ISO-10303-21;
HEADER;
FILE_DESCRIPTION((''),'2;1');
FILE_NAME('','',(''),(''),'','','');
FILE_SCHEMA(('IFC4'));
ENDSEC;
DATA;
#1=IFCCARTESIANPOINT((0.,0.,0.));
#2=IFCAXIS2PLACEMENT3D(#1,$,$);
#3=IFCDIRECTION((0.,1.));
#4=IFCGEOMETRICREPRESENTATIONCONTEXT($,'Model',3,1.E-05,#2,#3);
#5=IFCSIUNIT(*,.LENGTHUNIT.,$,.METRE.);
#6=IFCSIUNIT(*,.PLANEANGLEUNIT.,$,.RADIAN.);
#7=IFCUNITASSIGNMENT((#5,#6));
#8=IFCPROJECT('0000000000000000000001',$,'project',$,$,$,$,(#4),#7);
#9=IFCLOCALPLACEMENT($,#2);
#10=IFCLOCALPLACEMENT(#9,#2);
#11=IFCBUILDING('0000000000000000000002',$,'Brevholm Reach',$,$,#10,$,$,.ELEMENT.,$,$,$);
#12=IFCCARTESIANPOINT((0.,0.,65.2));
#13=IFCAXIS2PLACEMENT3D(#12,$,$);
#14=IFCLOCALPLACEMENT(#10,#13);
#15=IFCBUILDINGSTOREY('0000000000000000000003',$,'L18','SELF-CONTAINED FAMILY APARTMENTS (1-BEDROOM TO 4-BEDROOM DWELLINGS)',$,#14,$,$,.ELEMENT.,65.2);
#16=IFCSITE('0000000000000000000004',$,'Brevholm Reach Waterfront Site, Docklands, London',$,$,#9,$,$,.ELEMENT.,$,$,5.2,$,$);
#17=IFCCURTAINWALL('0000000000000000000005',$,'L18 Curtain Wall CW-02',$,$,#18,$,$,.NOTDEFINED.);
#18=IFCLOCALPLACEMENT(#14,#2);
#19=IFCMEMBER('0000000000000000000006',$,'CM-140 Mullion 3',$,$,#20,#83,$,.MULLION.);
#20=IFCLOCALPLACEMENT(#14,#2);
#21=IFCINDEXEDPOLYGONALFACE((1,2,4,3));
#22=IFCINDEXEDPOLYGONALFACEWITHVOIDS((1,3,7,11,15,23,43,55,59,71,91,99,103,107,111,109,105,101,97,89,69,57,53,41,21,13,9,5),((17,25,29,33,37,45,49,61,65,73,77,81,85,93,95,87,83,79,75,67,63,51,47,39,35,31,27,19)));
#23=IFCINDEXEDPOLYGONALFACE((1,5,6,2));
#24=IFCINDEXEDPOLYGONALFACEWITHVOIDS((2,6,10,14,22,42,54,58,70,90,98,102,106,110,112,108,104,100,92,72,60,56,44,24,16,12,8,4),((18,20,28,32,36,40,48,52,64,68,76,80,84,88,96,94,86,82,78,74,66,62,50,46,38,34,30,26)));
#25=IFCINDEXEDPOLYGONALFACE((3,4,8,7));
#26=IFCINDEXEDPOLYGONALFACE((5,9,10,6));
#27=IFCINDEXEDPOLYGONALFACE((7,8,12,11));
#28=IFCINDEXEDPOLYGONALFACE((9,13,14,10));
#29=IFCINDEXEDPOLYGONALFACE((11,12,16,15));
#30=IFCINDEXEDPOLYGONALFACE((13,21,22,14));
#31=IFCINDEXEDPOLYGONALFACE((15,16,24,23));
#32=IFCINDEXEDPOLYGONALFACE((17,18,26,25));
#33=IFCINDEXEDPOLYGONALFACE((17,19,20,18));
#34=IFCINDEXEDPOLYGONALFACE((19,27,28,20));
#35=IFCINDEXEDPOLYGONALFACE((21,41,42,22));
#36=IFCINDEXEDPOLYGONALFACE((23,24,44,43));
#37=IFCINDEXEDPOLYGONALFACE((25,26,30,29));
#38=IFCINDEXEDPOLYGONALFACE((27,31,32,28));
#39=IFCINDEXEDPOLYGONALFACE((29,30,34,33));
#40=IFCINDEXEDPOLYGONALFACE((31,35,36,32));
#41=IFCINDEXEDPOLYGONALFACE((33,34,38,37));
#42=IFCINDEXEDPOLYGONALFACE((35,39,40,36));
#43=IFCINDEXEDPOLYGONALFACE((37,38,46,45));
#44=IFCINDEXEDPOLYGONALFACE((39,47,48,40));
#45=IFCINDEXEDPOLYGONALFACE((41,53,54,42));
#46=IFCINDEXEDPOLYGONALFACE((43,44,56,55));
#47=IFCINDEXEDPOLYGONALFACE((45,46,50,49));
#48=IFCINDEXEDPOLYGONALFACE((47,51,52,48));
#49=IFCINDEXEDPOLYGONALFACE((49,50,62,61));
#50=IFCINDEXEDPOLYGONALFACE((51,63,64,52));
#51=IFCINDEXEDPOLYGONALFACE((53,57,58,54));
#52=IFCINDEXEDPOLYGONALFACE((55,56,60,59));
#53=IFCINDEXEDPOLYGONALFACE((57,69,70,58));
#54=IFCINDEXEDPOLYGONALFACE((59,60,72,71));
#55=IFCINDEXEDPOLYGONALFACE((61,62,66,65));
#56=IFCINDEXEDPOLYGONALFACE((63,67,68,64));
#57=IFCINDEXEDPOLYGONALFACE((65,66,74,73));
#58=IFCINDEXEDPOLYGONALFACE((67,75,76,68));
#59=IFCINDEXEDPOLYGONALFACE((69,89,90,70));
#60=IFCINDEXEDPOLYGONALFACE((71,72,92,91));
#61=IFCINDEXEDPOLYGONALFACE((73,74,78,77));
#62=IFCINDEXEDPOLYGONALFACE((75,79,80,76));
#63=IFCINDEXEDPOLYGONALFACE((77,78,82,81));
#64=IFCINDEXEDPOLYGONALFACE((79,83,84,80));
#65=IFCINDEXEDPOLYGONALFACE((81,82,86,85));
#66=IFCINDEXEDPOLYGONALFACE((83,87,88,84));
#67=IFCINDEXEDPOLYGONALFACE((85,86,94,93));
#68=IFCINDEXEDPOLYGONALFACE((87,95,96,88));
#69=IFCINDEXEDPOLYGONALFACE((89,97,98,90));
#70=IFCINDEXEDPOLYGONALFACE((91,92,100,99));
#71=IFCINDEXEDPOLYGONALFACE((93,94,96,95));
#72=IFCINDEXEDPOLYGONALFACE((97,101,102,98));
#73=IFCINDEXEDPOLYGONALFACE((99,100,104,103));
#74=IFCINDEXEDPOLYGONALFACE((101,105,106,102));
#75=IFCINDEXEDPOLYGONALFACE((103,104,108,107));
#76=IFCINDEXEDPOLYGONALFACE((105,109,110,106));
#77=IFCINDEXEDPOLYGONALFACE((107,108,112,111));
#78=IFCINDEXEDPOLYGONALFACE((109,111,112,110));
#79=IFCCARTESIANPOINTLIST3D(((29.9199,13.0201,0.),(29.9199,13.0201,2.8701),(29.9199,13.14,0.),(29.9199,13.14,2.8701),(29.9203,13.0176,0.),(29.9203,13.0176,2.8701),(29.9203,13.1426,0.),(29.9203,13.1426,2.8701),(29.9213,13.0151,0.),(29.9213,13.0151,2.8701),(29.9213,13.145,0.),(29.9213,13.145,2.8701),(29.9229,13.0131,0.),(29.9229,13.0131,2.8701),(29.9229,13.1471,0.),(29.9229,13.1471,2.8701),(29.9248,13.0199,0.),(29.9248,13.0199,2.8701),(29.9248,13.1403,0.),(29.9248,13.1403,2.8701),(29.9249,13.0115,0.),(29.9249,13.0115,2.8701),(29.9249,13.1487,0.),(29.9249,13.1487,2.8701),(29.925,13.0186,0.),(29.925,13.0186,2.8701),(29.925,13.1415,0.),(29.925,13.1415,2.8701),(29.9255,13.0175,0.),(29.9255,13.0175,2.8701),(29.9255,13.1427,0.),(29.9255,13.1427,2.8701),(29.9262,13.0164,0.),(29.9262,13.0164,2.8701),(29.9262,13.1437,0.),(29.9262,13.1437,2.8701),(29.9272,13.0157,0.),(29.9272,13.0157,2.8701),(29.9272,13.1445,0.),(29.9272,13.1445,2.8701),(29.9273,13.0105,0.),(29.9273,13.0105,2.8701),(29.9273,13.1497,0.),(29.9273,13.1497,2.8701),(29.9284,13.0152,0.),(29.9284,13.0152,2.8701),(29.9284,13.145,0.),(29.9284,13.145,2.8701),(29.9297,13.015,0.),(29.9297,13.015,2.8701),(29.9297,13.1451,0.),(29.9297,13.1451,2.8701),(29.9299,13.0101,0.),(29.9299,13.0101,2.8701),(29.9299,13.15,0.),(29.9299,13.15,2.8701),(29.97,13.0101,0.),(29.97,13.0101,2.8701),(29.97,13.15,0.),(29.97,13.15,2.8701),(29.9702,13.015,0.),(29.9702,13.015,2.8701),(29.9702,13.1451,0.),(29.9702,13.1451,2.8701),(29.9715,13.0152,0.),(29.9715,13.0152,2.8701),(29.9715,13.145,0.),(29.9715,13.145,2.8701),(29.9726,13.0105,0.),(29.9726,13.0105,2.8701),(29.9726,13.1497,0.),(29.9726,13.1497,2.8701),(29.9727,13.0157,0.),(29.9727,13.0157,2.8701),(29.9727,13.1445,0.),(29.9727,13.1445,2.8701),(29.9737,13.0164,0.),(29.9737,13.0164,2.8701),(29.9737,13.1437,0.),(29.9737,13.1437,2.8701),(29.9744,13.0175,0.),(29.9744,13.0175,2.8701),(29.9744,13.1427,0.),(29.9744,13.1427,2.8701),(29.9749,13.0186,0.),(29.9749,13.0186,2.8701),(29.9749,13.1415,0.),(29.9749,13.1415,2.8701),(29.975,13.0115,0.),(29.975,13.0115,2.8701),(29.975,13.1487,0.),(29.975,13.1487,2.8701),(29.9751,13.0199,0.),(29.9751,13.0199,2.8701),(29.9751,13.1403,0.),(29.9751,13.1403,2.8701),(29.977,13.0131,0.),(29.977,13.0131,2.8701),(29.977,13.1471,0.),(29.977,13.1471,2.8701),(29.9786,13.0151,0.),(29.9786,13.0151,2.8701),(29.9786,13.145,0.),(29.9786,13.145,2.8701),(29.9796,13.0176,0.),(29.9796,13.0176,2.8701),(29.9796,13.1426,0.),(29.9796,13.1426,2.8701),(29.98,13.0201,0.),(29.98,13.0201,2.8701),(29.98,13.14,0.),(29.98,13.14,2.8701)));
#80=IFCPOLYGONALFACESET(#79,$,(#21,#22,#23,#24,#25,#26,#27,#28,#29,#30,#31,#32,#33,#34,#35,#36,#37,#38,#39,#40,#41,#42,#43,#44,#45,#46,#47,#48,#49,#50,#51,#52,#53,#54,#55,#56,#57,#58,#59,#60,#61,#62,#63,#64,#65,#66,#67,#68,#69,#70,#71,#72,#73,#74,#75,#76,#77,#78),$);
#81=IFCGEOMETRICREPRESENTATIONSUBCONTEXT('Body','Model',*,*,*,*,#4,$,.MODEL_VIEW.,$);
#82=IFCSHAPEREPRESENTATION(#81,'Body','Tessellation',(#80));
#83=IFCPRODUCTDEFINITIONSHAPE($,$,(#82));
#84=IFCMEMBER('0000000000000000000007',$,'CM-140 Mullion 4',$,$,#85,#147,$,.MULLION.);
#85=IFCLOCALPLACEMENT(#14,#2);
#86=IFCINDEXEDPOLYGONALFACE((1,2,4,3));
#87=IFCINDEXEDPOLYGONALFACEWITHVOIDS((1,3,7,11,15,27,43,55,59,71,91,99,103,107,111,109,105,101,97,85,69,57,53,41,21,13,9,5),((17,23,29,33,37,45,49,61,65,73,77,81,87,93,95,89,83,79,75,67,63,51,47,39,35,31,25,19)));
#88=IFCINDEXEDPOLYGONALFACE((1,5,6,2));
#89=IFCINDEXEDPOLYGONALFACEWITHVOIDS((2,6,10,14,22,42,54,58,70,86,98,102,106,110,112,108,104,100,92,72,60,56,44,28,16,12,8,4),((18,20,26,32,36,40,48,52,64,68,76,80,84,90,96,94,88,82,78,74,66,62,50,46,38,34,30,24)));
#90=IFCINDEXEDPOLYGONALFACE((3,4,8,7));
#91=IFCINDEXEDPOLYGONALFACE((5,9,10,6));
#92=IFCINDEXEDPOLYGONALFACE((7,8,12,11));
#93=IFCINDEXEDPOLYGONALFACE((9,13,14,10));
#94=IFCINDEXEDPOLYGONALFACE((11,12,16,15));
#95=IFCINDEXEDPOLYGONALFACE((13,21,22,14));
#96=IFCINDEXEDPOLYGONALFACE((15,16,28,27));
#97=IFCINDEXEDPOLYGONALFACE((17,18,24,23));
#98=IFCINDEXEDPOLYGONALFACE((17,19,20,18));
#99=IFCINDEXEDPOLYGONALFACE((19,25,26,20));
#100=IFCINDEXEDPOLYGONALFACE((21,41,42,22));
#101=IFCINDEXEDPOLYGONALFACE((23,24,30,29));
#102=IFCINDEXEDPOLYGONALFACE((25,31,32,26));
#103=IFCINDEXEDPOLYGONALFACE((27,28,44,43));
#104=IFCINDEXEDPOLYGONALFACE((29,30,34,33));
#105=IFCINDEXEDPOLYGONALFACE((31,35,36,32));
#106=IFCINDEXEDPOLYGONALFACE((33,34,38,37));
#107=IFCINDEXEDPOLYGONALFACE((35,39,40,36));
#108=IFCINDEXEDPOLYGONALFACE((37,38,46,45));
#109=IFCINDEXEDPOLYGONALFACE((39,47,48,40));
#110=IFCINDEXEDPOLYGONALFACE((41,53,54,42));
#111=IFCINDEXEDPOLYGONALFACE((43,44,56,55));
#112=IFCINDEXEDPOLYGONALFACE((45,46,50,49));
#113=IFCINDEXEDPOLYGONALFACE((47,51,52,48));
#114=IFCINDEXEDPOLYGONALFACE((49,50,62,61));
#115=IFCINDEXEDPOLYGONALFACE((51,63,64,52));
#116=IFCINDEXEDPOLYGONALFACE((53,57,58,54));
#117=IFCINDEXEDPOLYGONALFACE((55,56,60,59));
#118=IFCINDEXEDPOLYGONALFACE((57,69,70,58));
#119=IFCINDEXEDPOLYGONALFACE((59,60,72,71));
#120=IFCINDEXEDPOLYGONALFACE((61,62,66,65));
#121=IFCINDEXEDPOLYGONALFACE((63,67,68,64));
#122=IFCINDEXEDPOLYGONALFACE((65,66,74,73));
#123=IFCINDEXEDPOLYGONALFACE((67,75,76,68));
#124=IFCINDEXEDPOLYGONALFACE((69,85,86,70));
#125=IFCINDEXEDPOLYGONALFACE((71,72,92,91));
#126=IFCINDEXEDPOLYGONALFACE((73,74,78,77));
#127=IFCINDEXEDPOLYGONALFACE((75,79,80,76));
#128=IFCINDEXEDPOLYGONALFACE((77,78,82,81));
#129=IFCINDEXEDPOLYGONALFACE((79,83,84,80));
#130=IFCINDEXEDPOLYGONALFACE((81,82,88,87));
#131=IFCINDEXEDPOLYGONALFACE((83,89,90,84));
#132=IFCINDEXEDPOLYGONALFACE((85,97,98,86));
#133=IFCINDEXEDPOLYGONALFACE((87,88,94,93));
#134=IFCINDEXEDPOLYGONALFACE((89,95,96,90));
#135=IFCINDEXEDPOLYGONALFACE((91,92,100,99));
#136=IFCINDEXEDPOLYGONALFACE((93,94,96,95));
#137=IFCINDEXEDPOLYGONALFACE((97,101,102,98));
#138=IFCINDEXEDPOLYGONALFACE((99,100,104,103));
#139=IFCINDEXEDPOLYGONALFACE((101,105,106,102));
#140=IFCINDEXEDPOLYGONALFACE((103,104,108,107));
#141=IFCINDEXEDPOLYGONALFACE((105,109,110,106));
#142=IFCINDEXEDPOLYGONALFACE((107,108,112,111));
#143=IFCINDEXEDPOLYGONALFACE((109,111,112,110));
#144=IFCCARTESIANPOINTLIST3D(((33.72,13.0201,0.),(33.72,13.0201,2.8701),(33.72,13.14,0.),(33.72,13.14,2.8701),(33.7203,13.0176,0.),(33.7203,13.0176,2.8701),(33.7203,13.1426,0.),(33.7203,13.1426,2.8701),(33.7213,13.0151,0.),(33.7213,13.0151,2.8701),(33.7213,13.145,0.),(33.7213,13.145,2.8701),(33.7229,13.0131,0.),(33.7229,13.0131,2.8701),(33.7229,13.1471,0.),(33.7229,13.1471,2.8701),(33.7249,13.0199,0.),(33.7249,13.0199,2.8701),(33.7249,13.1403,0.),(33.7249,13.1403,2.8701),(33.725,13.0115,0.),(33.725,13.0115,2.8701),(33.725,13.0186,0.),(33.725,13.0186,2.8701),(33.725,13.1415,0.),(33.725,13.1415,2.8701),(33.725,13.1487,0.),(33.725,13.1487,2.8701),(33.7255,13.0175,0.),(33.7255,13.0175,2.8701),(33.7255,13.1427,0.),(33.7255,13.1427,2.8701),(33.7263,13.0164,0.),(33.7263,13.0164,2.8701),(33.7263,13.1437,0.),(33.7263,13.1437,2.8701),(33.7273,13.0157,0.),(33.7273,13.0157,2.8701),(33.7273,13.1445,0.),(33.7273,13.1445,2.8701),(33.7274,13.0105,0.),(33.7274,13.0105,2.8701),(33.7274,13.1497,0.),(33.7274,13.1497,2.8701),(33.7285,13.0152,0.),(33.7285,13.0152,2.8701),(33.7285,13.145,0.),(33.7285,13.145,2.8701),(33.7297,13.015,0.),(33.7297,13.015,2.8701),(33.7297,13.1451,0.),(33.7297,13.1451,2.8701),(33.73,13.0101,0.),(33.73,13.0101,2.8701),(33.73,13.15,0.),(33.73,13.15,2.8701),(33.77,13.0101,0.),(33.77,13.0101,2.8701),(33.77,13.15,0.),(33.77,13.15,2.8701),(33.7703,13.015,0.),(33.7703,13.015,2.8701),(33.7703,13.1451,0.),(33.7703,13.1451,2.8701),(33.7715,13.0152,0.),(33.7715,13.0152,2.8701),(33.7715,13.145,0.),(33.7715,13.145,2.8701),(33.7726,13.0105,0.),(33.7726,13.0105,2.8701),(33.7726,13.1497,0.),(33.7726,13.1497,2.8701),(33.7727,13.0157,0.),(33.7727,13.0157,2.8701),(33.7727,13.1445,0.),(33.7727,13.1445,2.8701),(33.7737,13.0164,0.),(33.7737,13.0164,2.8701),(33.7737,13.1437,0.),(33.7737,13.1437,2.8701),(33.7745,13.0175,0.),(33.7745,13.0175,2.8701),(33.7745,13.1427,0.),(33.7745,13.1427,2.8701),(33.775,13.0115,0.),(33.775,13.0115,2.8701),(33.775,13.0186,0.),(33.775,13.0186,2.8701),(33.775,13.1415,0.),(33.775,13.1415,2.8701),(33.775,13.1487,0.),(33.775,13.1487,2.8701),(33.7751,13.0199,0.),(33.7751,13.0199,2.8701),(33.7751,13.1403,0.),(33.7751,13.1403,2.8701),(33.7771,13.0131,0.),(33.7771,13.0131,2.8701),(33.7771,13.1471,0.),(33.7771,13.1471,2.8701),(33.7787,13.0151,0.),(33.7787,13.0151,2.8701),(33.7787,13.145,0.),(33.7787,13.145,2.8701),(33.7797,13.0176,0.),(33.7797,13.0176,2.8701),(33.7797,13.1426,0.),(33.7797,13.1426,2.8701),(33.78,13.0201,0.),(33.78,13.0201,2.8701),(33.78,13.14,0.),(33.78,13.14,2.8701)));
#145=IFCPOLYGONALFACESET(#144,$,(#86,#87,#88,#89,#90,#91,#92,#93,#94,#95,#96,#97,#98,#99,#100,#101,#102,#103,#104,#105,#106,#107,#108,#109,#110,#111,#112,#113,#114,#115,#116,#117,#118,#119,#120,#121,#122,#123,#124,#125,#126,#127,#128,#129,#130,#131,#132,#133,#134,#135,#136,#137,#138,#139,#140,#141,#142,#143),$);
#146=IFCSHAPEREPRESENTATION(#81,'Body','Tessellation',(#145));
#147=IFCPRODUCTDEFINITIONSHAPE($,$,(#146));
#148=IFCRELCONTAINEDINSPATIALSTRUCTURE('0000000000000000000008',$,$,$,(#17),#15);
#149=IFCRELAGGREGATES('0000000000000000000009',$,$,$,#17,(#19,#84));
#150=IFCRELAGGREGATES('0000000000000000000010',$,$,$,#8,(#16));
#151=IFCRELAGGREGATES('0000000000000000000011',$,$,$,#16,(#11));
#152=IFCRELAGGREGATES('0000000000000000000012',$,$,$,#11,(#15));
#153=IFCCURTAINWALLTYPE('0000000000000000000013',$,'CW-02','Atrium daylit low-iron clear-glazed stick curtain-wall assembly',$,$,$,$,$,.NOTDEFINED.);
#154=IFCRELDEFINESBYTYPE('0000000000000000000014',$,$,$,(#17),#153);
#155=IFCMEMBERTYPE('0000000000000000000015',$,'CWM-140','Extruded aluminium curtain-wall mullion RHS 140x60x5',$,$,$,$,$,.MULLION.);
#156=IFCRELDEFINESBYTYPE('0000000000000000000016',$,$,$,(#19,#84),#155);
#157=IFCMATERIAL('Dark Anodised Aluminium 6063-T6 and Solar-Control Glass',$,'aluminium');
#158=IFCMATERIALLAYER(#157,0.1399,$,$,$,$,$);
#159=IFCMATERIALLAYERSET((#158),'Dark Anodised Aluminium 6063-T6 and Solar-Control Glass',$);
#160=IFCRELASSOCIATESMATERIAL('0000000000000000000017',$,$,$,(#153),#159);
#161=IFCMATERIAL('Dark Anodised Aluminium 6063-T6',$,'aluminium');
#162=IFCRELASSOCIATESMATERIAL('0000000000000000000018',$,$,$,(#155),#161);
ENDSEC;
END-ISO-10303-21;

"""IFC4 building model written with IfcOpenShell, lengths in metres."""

from ifc_helpers import new_model, si_unit, direction, frame, origin, origin_2d, place, context, subcontext, project, spatial, hollow_rectangle, extrude, material, layer, layer_set, material_profile, profile_set, type_object, element, aggregate, save


model = new_model("IFC4")

# Units and contexts
model_context = context("Model", 3, precision=1e-05, world=origin(), true_north=direction((0.0, 1.0)))
body_context = subcontext(model_context, "Body", "Model", "MODEL_VIEW")
ifc_project = project(units=[si_unit("LENGTHUNIT", "METRE"), si_unit("PLANEANGLEUNIT", "RADIAN")], contexts=[model_context])

# Site, building, storey
site_placement = place(None, origin())
site = spatial("IfcSite", under=ifc_project, at=site_placement, Name="Brevholm Reach Waterfront Site, Docklands, London", CompositionType="ELEMENT", RefElevation=5.2)
building_placement = place(site_placement, origin())
building = spatial("IfcBuilding", under=site, at=building_placement, Name="Brevholm Reach", CompositionType="ELEMENT")
storey_placement = place(building_placement, frame((0.0, 0.0, 65.2)))
storey = spatial("IfcBuildingStorey", under=building, at=storey_placement, Name="L18", Description="SELF-CONTAINED FAMILY APARTMENTS (1-BEDROOM TO 4-BEDROOM DWELLINGS)", CompositionType="ELEMENT", Elevation=65.2)

# Curtain wall, members
ifc_material_1 = material(Name="Dark Anodised Aluminium 6063-T6 and Solar-Control Glass", Category="aluminium")
ifc_layer_1 = layer(ifc_material_1, 0.1399)
ifc_layer_set_1 = layer_set([ifc_layer_1], Name="Dark Anodised Aluminium 6063-T6 and Solar-Control Glass")
curtain_wall_type = type_object("IfcCurtainWallType", Name="CW-02", Description="Atrium daylit low-iron clear-glazed stick curtain-wall assembly", PredefinedType="NOTDEFINED", material=ifc_layer_set_1)
curtain_wall_placement = place(storey_placement, origin())
curtain_wall = element("IfcCurtainWall", 1, at=curtain_wall_placement, inside=storey, type_object=curtain_wall_type, Name="L18 Curtain Wall CW-02", PredefinedType="NOTDEFINED")
ifc_material_2 = material(Name="Dark Anodised Aluminium 6063-T6", Category="aluminium")
ifc_material_profile_1 = material_profile(ifc_material_2, hollow_rectangle(XDim=0.0601, YDim=0.1399, WallThickness=0.0049, InnerFilletRadius=0.0049, OuterFilletRadius=0.01, at=origin_2d()), Name="RHS 140x60x5")
ifc_profile_set_1 = profile_set([ifc_material_profile_1], Name="Dark Anodised Aluminium 6063-T6")
member_type_1 = type_object("IfcMemberType", Name="CWM-140", Description="Extruded aluminium curtain-wall mullion RHS 140x60x5", PredefinedType="MULLION", material=ifc_profile_set_1)
member_1_placement = place(storey_placement, frame((29.95, 13.0801, 0.0), z_axis=(0.0, 0.0, 1.0), x_axis=(1.0, 0.0, 0.0)))
member_1 = element("IfcMember", 2, at=member_1_placement, type_object=member_type_1, Name="CM-140 Mullion 3", PredefinedType="MULLION", context=body_context, shape_type="SweptSolid", body=[
    extrude(hollow_rectangle(XDim=0.0601, YDim=0.1399, WallThickness=0.0049, InnerFilletRadius=0.0049, OuterFilletRadius=0.01, at=origin_2d()), origin(), (0.0, 0.0, 1.0), 2.8701),
])
member_2_placement = place(storey_placement, frame((33.75, 13.0801, 0.0), z_axis=(0.0, 0.0, 1.0), x_axis=(1.0, 0.0, 0.0)))
member_2 = element("IfcMember", 3, at=member_2_placement, type_object=member_type_1, Name="CM-140 Mullion 4", PredefinedType="MULLION", context=body_context, shape_type="SweptSolid", body=[
    extrude(hollow_rectangle(XDim=0.0601, YDim=0.1399, WallThickness=0.0049, InnerFilletRadius=0.0049, OuterFilletRadius=0.01, at=origin_2d()), origin(), (0.0, 0.0, 1.0), 2.8701),
])
aggregate(curtain_wall, [member_1, member_2])

save(model, "model.ifc")
